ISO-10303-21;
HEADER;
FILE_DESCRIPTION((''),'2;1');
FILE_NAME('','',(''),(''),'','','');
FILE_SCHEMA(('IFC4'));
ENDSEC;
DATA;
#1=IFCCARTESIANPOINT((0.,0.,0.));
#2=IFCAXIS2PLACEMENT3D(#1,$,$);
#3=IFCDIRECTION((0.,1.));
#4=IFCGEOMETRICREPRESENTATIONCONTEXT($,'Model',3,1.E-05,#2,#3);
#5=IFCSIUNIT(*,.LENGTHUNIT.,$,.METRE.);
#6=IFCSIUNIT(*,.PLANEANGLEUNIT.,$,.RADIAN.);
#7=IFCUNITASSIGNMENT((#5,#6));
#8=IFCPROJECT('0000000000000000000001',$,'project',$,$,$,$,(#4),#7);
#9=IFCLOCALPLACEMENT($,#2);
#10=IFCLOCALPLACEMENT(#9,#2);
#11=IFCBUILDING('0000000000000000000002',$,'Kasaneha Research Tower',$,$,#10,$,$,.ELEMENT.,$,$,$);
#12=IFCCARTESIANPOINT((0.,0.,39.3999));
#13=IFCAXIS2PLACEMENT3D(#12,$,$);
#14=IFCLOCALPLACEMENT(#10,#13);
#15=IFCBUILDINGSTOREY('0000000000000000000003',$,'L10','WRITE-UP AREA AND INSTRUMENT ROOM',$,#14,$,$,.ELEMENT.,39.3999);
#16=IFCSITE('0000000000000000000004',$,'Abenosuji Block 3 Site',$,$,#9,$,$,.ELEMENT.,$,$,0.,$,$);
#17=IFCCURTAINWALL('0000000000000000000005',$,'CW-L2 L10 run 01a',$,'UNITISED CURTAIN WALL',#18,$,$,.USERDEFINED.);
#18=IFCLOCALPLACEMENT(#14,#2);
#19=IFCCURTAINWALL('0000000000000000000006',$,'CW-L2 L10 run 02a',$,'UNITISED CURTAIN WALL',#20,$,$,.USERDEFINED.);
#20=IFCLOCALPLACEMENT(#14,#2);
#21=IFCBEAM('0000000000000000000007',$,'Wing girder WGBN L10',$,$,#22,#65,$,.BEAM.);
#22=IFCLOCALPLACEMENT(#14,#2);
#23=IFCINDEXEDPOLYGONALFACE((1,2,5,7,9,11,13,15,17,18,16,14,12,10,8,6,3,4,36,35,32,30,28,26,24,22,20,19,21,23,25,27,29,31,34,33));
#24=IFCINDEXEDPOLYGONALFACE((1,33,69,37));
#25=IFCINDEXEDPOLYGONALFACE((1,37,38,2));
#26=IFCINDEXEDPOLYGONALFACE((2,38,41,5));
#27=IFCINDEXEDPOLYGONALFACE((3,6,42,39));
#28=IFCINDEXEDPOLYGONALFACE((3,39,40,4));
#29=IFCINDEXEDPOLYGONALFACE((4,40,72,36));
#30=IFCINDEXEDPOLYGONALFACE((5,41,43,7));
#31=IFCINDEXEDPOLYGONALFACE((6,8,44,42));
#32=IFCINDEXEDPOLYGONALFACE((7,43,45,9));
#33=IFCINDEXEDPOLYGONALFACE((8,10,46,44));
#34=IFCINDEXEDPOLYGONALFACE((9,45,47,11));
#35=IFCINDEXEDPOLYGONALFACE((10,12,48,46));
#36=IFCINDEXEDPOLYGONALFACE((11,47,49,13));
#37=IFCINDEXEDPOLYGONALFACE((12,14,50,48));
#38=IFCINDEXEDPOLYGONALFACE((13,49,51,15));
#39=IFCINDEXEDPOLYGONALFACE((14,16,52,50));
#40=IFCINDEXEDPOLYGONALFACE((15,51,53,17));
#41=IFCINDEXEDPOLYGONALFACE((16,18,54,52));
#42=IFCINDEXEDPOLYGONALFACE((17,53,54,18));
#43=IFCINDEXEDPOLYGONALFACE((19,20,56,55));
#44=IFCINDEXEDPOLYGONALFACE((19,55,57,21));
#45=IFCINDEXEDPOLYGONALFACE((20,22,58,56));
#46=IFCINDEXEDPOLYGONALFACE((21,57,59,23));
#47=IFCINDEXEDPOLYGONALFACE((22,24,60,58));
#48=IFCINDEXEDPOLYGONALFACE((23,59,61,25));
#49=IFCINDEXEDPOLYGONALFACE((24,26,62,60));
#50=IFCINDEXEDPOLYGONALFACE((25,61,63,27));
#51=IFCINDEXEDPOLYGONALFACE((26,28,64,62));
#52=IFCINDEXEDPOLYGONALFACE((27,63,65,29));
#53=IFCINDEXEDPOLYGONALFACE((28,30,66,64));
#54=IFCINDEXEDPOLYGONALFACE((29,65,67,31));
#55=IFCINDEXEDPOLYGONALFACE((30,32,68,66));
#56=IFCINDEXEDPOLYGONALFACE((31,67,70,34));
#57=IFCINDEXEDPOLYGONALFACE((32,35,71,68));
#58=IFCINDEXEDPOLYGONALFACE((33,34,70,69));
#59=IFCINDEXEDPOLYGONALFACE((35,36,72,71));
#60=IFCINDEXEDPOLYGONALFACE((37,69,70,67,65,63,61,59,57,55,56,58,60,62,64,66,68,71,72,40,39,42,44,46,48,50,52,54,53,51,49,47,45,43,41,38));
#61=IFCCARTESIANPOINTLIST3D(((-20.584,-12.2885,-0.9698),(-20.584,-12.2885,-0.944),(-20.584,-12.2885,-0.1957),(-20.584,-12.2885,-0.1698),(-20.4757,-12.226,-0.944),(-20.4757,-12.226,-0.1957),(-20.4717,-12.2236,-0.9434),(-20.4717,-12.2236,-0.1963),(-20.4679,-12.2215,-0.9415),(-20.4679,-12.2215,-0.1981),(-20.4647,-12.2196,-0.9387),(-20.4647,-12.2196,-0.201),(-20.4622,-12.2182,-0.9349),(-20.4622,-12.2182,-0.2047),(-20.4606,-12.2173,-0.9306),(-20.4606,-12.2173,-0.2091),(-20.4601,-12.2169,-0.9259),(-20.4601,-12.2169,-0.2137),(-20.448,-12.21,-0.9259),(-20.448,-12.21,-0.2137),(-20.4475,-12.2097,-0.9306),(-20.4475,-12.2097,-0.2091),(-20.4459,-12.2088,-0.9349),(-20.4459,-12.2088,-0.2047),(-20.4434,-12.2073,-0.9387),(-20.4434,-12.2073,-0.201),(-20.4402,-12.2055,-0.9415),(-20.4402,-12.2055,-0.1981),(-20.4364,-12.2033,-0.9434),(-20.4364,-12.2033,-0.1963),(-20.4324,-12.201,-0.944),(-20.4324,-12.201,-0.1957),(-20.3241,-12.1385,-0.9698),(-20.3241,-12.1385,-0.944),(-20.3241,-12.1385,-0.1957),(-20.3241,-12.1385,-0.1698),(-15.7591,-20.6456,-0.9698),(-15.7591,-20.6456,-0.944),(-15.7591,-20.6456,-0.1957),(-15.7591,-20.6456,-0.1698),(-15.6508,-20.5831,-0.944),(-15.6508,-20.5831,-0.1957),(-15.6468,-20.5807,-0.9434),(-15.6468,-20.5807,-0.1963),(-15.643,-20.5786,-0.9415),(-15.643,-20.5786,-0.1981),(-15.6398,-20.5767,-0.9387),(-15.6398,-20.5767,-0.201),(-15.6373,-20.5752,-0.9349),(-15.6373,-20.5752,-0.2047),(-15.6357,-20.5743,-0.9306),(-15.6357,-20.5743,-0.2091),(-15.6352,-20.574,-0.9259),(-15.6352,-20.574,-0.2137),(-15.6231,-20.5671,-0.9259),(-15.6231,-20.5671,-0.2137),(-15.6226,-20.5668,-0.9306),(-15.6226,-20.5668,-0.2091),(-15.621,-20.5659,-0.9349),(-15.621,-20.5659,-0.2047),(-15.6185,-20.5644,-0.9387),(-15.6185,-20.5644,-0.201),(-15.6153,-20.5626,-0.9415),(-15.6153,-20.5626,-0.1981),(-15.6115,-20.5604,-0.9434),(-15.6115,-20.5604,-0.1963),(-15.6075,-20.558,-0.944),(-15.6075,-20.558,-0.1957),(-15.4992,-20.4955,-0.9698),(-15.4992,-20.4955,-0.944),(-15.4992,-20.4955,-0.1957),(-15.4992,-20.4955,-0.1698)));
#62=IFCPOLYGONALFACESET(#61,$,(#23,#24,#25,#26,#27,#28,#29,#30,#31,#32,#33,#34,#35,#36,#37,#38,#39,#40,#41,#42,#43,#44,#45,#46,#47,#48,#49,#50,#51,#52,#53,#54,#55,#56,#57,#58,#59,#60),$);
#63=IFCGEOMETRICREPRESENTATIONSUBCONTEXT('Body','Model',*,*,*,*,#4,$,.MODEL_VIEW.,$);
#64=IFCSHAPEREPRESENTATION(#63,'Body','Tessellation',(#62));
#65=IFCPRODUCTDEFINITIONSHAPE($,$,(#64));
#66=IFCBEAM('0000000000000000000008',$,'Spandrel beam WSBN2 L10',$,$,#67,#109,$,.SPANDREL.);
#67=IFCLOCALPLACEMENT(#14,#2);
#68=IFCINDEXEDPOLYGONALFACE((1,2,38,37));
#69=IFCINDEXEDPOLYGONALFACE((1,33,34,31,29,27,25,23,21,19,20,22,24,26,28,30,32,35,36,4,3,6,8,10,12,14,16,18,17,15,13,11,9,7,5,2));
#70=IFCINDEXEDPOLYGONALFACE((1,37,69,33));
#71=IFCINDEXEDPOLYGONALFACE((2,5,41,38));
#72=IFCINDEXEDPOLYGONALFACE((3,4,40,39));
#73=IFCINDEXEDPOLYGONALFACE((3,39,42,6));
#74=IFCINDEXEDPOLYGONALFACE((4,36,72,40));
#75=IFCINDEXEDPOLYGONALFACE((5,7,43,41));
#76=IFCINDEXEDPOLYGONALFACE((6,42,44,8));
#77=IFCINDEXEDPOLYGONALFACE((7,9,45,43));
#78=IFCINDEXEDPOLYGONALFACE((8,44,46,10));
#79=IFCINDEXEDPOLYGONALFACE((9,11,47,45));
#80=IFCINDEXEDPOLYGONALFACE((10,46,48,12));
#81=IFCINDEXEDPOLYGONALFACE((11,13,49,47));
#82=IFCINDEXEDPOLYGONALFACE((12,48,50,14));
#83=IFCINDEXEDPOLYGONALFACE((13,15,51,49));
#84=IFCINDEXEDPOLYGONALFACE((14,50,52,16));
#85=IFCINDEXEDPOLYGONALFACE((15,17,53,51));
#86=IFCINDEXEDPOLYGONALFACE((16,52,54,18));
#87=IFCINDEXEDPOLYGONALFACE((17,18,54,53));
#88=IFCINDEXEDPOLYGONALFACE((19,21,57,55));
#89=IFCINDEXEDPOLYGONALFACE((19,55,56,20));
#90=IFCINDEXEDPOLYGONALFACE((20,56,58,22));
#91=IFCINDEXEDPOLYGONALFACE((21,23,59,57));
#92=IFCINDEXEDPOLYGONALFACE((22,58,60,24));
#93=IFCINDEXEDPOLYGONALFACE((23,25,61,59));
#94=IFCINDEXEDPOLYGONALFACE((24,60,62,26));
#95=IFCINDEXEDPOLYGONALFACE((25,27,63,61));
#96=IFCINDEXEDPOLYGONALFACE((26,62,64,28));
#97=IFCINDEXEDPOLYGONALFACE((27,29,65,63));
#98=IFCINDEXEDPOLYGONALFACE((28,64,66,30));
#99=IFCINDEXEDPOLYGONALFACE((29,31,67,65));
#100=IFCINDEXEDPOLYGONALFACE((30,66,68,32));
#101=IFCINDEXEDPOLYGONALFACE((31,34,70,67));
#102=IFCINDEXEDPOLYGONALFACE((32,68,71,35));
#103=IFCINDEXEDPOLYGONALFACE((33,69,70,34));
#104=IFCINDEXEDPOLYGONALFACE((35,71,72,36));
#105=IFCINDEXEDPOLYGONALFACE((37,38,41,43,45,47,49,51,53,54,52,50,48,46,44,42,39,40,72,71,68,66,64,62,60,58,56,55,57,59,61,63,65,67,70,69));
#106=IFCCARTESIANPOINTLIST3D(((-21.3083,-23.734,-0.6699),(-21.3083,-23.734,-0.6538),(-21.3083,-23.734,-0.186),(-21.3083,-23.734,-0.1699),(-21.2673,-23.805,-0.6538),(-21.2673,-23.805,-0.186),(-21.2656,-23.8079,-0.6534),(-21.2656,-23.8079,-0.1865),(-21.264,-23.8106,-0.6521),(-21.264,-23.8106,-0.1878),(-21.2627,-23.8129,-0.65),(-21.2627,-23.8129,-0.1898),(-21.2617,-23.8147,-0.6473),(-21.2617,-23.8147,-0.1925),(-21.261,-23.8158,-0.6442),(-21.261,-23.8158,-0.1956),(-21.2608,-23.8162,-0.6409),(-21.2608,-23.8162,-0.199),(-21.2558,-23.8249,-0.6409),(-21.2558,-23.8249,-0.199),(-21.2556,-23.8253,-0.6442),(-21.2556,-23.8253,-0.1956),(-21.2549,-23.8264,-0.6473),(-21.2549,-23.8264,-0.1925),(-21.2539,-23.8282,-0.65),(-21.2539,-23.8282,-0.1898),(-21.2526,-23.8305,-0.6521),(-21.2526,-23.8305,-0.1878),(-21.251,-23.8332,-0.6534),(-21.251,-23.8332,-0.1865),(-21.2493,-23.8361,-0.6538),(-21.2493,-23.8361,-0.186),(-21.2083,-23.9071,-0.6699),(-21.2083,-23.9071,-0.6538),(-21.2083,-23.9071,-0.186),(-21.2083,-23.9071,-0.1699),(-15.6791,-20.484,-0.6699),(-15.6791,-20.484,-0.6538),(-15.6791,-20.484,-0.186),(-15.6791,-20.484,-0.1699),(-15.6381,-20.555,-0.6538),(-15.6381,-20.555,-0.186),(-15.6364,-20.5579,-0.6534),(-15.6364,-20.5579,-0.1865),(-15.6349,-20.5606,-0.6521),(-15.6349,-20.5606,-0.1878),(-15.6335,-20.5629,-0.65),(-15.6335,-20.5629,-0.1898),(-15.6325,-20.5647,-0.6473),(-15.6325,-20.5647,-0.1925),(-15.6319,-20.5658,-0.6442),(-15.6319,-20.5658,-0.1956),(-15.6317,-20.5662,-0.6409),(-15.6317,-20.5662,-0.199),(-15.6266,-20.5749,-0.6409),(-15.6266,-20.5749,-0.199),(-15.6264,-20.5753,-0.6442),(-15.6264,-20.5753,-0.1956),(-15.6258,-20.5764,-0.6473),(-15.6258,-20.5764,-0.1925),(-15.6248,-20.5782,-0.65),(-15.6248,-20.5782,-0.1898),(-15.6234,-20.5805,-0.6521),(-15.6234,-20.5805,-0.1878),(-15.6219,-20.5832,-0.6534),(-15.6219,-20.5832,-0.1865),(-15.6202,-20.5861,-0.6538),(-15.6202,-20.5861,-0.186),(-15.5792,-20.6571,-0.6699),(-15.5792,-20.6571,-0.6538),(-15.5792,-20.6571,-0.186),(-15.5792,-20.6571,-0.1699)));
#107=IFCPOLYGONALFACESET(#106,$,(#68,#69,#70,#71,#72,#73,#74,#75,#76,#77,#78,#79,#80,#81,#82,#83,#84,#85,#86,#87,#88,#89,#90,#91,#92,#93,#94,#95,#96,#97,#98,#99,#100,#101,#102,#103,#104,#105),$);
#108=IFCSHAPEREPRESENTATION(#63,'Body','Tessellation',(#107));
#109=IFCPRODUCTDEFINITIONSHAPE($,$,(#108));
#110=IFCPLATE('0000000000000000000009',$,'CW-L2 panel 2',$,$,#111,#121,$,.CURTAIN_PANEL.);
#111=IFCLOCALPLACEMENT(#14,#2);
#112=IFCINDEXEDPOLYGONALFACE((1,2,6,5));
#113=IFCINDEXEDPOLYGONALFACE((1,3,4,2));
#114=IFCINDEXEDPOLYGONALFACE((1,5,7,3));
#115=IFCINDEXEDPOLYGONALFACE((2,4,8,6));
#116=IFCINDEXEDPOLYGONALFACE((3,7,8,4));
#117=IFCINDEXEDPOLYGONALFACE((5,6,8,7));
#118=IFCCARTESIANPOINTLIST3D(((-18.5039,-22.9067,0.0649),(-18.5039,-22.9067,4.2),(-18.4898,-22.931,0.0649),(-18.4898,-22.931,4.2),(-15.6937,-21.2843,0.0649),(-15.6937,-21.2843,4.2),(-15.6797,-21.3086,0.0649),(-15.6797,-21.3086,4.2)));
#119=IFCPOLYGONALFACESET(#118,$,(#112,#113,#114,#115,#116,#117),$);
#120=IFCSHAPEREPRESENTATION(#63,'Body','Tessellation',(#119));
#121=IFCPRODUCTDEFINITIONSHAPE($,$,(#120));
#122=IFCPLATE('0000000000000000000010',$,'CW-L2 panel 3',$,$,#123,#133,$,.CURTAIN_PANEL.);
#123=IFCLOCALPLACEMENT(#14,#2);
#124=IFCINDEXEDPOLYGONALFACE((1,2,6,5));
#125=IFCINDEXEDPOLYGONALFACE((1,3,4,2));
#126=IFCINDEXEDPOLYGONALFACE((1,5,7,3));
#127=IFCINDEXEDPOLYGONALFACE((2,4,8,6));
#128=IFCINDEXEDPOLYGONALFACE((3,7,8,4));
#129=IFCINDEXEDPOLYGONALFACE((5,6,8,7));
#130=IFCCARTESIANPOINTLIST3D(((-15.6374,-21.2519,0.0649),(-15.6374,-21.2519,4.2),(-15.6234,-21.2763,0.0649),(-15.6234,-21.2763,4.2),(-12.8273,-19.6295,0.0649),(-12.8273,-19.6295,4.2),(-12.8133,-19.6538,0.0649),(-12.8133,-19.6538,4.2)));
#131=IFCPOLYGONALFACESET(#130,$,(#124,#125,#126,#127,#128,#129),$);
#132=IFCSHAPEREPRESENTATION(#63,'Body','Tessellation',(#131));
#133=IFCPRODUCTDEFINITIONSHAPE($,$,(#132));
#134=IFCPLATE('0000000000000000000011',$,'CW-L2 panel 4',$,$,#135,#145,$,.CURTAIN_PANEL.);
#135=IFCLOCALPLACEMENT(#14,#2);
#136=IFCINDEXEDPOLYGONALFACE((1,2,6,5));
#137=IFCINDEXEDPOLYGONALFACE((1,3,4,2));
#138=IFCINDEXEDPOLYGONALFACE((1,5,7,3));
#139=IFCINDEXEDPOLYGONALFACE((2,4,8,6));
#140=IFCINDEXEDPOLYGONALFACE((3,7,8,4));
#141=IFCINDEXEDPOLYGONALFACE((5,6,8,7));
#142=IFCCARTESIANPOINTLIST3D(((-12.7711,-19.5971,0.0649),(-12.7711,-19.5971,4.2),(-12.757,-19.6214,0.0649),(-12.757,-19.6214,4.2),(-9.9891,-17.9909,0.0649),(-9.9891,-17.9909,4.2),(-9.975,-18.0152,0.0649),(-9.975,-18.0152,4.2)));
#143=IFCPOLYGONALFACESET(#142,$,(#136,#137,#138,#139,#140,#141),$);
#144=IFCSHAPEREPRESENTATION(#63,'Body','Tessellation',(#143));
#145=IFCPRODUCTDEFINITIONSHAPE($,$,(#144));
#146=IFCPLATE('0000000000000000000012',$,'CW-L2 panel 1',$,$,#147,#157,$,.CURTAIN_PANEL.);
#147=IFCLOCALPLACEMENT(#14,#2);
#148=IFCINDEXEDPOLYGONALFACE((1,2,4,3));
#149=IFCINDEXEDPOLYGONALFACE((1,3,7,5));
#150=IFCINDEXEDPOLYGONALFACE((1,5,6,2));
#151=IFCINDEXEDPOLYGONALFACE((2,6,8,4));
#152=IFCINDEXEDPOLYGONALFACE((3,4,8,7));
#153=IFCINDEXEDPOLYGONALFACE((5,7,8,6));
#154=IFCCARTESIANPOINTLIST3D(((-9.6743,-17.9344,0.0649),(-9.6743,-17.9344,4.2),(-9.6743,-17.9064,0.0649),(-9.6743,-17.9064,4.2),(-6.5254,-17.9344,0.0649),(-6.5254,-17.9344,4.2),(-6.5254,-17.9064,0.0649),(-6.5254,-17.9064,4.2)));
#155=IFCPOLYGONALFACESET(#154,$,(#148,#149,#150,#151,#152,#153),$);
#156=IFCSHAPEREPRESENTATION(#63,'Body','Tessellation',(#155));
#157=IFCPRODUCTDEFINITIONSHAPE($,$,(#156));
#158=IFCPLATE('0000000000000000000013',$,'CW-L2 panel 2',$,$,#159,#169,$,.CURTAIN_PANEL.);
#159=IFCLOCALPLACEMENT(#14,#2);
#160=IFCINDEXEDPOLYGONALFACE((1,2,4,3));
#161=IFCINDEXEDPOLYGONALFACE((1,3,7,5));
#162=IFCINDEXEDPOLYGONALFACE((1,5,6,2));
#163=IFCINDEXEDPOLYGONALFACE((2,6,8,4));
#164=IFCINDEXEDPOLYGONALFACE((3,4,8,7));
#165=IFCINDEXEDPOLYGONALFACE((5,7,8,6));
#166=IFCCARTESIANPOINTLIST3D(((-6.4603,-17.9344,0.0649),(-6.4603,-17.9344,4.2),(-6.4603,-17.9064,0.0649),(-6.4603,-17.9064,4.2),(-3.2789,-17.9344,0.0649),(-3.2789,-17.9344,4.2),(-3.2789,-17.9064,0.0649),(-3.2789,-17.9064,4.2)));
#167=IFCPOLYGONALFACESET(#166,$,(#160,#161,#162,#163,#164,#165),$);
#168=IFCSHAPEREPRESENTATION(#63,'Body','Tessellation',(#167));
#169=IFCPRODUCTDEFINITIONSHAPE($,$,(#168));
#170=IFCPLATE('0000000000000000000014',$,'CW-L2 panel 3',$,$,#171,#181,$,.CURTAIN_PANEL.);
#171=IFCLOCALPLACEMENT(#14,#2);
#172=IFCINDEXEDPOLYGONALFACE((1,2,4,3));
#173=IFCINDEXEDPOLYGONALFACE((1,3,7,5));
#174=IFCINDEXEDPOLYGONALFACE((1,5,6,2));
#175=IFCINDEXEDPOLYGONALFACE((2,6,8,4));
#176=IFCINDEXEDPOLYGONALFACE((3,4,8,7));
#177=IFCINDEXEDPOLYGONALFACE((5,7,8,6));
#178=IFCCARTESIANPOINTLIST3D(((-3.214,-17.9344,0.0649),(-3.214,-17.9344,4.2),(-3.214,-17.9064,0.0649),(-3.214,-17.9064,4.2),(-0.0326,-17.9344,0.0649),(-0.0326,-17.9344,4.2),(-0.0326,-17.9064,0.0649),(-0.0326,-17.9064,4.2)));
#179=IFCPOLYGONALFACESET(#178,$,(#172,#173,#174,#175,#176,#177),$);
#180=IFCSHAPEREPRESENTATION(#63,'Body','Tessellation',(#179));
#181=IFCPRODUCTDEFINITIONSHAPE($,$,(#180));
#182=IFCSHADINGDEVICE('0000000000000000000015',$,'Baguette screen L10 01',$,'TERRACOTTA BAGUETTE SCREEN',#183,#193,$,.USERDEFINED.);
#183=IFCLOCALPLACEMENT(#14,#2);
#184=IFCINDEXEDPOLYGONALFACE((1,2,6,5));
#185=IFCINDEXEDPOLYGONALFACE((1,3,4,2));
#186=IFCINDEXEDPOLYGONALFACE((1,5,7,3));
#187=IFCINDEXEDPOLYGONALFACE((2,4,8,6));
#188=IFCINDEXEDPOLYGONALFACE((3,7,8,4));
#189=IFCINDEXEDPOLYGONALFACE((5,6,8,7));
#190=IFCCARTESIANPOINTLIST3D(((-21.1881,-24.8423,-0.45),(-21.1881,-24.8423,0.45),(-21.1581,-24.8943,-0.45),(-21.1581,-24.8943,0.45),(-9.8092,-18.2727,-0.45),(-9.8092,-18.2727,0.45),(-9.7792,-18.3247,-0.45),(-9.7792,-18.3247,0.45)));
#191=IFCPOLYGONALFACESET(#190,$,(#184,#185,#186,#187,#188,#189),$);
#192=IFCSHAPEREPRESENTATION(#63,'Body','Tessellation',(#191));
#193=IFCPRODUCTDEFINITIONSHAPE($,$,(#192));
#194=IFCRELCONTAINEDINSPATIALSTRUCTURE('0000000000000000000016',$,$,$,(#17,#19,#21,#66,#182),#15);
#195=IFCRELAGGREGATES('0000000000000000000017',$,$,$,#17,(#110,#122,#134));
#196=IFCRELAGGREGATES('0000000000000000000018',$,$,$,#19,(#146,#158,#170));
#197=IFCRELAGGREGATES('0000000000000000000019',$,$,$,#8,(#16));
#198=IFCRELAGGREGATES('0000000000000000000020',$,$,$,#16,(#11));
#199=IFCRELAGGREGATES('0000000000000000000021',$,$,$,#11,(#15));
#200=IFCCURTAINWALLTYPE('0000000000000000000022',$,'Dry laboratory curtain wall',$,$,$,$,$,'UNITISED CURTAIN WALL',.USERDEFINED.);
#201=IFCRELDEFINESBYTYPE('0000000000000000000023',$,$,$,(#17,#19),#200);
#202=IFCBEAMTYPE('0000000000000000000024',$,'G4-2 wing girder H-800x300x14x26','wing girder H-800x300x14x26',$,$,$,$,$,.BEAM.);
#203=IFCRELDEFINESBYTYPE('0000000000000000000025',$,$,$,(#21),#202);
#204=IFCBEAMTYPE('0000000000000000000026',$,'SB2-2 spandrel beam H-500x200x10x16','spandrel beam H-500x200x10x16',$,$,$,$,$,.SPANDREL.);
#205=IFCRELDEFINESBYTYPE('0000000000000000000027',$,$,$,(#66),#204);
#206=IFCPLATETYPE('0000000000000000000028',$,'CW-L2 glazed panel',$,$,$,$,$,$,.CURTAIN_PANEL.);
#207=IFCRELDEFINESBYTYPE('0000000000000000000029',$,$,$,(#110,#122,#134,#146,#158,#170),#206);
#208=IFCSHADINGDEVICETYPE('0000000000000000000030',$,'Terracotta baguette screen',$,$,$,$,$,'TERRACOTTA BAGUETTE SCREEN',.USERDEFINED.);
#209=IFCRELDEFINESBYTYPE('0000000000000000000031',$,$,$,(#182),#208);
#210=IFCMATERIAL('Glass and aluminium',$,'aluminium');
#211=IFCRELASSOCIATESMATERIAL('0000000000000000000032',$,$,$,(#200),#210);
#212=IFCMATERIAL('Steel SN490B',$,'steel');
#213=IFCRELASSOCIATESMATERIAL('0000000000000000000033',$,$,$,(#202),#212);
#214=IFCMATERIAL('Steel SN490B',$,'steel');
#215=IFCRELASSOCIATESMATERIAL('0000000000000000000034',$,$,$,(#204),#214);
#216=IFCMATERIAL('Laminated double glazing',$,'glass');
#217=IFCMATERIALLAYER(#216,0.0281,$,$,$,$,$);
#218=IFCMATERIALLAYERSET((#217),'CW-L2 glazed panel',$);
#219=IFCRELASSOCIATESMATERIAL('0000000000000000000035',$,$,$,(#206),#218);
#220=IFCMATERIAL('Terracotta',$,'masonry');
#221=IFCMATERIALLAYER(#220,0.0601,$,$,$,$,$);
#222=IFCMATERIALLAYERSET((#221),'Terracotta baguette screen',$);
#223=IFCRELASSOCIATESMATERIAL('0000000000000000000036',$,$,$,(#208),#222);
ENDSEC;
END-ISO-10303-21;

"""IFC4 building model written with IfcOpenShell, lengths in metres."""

from ifc_helpers import new_model, si_unit, direction, frame, origin, origin_2d, place, context, subcontext, project, spatial, rectangle, i_section, extrude, material, layer, layer_set, material_profile, profile_set, type_object, element, aggregate, save


model = new_model("IFC4")

# Units and contexts
model_context = context("Model", 3, precision=1e-05, world=origin(), true_north=direction((0.0, 1.0)))
body_context = subcontext(model_context, "Body", "Model", "MODEL_VIEW")
ifc_project = project(units=[si_unit("LENGTHUNIT", "METRE"), si_unit("PLANEANGLEUNIT", "RADIAN")], contexts=[model_context])

# Site, building, storey
site_placement = place(None, origin())
site = spatial("IfcSite", under=ifc_project, at=site_placement, Name="Abenosuji Block 3 Site", CompositionType="ELEMENT", RefElevation=0.0)
building_placement = place(site_placement, origin())
building = spatial("IfcBuilding", under=site, at=building_placement, Name="Kasaneha Research Tower", CompositionType="ELEMENT")
storey_placement = place(building_placement, frame((0.0, 0.0, 39.3999)))
storey = spatial("IfcBuildingStorey", under=building, at=storey_placement, Name="L10", Description="WRITE-UP AREA AND INSTRUMENT ROOM", CompositionType="ELEMENT", Elevation=39.3999)

# Curtain walls
ifc_material_1 = material(Name="Glass and aluminium", Category="aluminium")
curtain_wall_type = type_object("IfcCurtainWallType", Name="Dry laboratory curtain wall", ElementType="UNITISED CURTAIN WALL", PredefinedType="USERDEFINED", material=ifc_material_1)
curtain_wall_1_placement = place(storey_placement, origin())
curtain_wall_1 = element("IfcCurtainWall", 1, at=curtain_wall_1_placement, inside=storey, type_object=curtain_wall_type, Name="CW-L2 L10 run 01a", ObjectType="UNITISED CURTAIN WALL", PredefinedType="USERDEFINED")
curtain_wall_2_placement = place(storey_placement, origin())
curtain_wall_2 = element("IfcCurtainWall", 2, at=curtain_wall_2_placement, inside=storey, type_object=curtain_wall_type, Name="CW-L2 L10 run 02a", ObjectType="UNITISED CURTAIN WALL", PredefinedType="USERDEFINED")

# Beams
ifc_material_2 = material(Name="Steel SN490B", Category="steel")
ifc_material_profile_1 = material_profile(ifc_material_2, i_section(OverallWidth=0.3, OverallDepth=0.8, WebThickness=0.0139, FlangeThickness=0.0259, FilletRadius=0.0181, at=origin_2d()), Name="H-800x300x14x26")
ifc_profile_set_1 = profile_set([ifc_material_profile_1], Name="Steel SN490B")
beam_type_1 = type_object("IfcBeamType", Name="G4-2 wing girder H-800x300x14x26", Description="wing girder H-800x300x14x26", PredefinedType="BEAM", material=ifc_profile_set_1)
beam_1_placement = place(storey_placement, frame((-15.6292, -20.5706, -0.5698), z_axis=(-0.499995, 0.866028, 0.0), x_axis=(-0.866028, -0.499995, 0.0)))
element("IfcBeam", 3, at=beam_1_placement, inside=storey, type_object=beam_type_1, Name="Wing girder WGBN L10", PredefinedType="BEAM", context=body_context, shape_type="SweptSolid", body=[
    extrude(i_section(OverallWidth=0.3, OverallDepth=0.8, WebThickness=0.0139, FlangeThickness=0.0259, FilletRadius=0.0181, at=origin_2d()), origin(), (0.0, 0.0, 1.0), 9.6499),
])
ifc_material_3 = material(Name="Steel SN490B", Category="steel")
ifc_material_profile_2 = material_profile(ifc_material_3, i_section(OverallWidth=0.2, OverallDepth=0.5, WebThickness=0.01, FlangeThickness=0.0161, FilletRadius=0.0129, at=origin_2d()), Name="H-500x200x10x16")
ifc_profile_set_2 = profile_set([ifc_material_profile_2], Name="Steel SN490B")
beam_type_2 = type_object("IfcBeamType", Name="SB2-2 spandrel beam H-500x200x10x16", Description="spandrel beam H-500x200x10x16", PredefinedType="SPANDREL", material=ifc_profile_set_2)
beam_2_placement = place(storey_placement, frame((-15.6292, -20.5706, -0.4199), z_axis=(-0.866025, -0.500001, 0.0), x_axis=(0.500001, -0.866025, 0.0)))
element("IfcBeam", 4, at=beam_2_placement, inside=storey, type_object=beam_type_2, Name="Spandrel beam WSBN2 L10", PredefinedType="SPANDREL", context=body_context, shape_type="SweptSolid", body=[
    extrude(i_section(OverallWidth=0.2, OverallDepth=0.5, WebThickness=0.01, FlangeThickness=0.0161, FilletRadius=0.0129, at=origin_2d()), origin(), (0.0, 0.0, 1.0), 6.5),
])

# Plates
ifc_material_4 = material(Name="Laminated double glazing", Category="glass")
ifc_layer_1 = layer(ifc_material_4, 0.0281)
ifc_layer_set_1 = layer_set([ifc_layer_1], Name="CW-L2 glazed panel")
plate_type = type_object("IfcPlateType", Name="CW-L2 glazed panel", PredefinedType="CURTAIN_PANEL", material=ifc_layer_set_1)
plate_1_placement = place(storey_placement, frame((-17.0918, -22.1077, 0.0649), z_axis=(0.0, 0.0, 1.0), x_axis=(0.866025, 0.5, 0.0)))
plate_1 = element("IfcPlate", 5, at=plate_1_placement, type_object=plate_type, Name="CW-L2 panel 2", PredefinedType="CURTAIN_PANEL", context=body_context, shape_type="SweptSolid", body=[
    extrude(rectangle(XDim=3.2449, YDim=0.0281, at=origin_2d()), origin(), (0.0, 0.0, 1.0), 4.135),
])
plate_2_placement = place(storey_placement, frame((-14.2253, -20.4529, 0.0649), z_axis=(0.0, 0.0, 1.0), x_axis=(0.866025, 0.5, 0.0)))
plate_2 = element("IfcPlate", 6, at=plate_2_placement, type_object=plate_type, Name="CW-L2 panel 3", PredefinedType="CURTAIN_PANEL", context=body_context, shape_type="SweptSolid", body=[
    extrude(rectangle(XDim=3.2449, YDim=0.0281, at=origin_2d()), origin(), (0.0, 0.0, 1.0), 4.135),
])
plate_3_placement = place(storey_placement, frame((-11.373, -18.8062, 0.0649), z_axis=(0.0, 0.0, 1.0), x_axis=(0.866025, 0.5, 0.0)))
plate_3 = element("IfcPlate", 7, at=plate_3_placement, type_object=plate_type, Name="CW-L2 panel 4", PredefinedType="CURTAIN_PANEL", context=body_context, shape_type="SweptSolid", body=[
    extrude(rectangle(XDim=3.2124, YDim=0.0281, at=origin_2d()), origin(), (0.0, 0.0, 1.0), 4.135),
])
aggregate(curtain_wall_1, [plate_1, plate_2, plate_3])
plate_4_placement = place(storey_placement, frame((-8.0999, -17.9204, 0.0649), z_axis=(0.0, 0.0, 1.0), x_axis=(1.0, 0.0, 0.0)))
plate_4 = element("IfcPlate", 8, at=plate_4_placement, type_object=plate_type, Name="CW-L2 panel 1", PredefinedType="CURTAIN_PANEL", context=body_context, shape_type="SweptSolid", body=[
    extrude(rectangle(XDim=3.1489, YDim=0.0281, at=origin_2d()), origin(), (0.0, 0.0, 1.0), 4.135),
])
plate_5_placement = place(storey_placement, frame((-4.8696, -17.9204, 0.0649), z_axis=(0.0, 0.0, 1.0), x_axis=(1.0, 0.0, 0.0)))
plate_5 = element("IfcPlate", 9, at=plate_5_placement, type_object=plate_type, Name="CW-L2 panel 2", PredefinedType="CURTAIN_PANEL", context=body_context, shape_type="SweptSolid", body=[
    extrude(rectangle(XDim=3.1814, YDim=0.0281, at=origin_2d()), origin(), (0.0, 0.0, 1.0), 4.135),
])
plate_6_placement = place(storey_placement, frame((-1.6233, -17.9204, 0.0649), z_axis=(0.0, 0.0, 1.0), x_axis=(1.0, 0.0, 0.0)))
plate_6 = element("IfcPlate", 10, at=plate_6_placement, type_object=plate_type, Name="CW-L2 panel 3", PredefinedType="CURTAIN_PANEL", context=body_context, shape_type="SweptSolid", body=[
    extrude(rectangle(XDim=3.1814, YDim=0.0281, at=origin_2d()), origin(), (0.0, 0.0, 1.0), 4.135),
])
aggregate(curtain_wall_2, [plate_4, plate_5, plate_6])

# Shading device
ifc_material_5 = material(Name="Terracotta", Category="masonry")
ifc_layer_2 = layer(ifc_material_5, 0.0601)
ifc_layer_set_2 = layer_set([ifc_layer_2], Name="Terracotta baguette screen")
shading_device_type = type_object("IfcShadingDeviceType", Name="Terracotta baguette screen", ElementType="TERRACOTTA BAGUETTE SCREEN", PredefinedType="USERDEFINED", material=ifc_layer_set_2)
shading_device_1_placement = place(storey_placement, frame((-15.4836, -21.5835, -0.45), z_axis=(0.0, 0.0, 1.0), x_axis=(0.866025, 0.5, 0.0)))
element("IfcShadingDevice", 11, at=shading_device_1_placement, inside=storey, type_object=shading_device_type, Name="Baguette screen L10 01", ObjectType="TERRACOTTA BAGUETTE SCREEN", PredefinedType="USERDEFINED", context=body_context, shape_type="SweptSolid", body=[
    extrude(rectangle(XDim=13.1392, YDim=0.0601, at=origin_2d()), origin(), (0.0, 0.0, 1.0), 0.8999),
])

save(model, "model.ifc")
